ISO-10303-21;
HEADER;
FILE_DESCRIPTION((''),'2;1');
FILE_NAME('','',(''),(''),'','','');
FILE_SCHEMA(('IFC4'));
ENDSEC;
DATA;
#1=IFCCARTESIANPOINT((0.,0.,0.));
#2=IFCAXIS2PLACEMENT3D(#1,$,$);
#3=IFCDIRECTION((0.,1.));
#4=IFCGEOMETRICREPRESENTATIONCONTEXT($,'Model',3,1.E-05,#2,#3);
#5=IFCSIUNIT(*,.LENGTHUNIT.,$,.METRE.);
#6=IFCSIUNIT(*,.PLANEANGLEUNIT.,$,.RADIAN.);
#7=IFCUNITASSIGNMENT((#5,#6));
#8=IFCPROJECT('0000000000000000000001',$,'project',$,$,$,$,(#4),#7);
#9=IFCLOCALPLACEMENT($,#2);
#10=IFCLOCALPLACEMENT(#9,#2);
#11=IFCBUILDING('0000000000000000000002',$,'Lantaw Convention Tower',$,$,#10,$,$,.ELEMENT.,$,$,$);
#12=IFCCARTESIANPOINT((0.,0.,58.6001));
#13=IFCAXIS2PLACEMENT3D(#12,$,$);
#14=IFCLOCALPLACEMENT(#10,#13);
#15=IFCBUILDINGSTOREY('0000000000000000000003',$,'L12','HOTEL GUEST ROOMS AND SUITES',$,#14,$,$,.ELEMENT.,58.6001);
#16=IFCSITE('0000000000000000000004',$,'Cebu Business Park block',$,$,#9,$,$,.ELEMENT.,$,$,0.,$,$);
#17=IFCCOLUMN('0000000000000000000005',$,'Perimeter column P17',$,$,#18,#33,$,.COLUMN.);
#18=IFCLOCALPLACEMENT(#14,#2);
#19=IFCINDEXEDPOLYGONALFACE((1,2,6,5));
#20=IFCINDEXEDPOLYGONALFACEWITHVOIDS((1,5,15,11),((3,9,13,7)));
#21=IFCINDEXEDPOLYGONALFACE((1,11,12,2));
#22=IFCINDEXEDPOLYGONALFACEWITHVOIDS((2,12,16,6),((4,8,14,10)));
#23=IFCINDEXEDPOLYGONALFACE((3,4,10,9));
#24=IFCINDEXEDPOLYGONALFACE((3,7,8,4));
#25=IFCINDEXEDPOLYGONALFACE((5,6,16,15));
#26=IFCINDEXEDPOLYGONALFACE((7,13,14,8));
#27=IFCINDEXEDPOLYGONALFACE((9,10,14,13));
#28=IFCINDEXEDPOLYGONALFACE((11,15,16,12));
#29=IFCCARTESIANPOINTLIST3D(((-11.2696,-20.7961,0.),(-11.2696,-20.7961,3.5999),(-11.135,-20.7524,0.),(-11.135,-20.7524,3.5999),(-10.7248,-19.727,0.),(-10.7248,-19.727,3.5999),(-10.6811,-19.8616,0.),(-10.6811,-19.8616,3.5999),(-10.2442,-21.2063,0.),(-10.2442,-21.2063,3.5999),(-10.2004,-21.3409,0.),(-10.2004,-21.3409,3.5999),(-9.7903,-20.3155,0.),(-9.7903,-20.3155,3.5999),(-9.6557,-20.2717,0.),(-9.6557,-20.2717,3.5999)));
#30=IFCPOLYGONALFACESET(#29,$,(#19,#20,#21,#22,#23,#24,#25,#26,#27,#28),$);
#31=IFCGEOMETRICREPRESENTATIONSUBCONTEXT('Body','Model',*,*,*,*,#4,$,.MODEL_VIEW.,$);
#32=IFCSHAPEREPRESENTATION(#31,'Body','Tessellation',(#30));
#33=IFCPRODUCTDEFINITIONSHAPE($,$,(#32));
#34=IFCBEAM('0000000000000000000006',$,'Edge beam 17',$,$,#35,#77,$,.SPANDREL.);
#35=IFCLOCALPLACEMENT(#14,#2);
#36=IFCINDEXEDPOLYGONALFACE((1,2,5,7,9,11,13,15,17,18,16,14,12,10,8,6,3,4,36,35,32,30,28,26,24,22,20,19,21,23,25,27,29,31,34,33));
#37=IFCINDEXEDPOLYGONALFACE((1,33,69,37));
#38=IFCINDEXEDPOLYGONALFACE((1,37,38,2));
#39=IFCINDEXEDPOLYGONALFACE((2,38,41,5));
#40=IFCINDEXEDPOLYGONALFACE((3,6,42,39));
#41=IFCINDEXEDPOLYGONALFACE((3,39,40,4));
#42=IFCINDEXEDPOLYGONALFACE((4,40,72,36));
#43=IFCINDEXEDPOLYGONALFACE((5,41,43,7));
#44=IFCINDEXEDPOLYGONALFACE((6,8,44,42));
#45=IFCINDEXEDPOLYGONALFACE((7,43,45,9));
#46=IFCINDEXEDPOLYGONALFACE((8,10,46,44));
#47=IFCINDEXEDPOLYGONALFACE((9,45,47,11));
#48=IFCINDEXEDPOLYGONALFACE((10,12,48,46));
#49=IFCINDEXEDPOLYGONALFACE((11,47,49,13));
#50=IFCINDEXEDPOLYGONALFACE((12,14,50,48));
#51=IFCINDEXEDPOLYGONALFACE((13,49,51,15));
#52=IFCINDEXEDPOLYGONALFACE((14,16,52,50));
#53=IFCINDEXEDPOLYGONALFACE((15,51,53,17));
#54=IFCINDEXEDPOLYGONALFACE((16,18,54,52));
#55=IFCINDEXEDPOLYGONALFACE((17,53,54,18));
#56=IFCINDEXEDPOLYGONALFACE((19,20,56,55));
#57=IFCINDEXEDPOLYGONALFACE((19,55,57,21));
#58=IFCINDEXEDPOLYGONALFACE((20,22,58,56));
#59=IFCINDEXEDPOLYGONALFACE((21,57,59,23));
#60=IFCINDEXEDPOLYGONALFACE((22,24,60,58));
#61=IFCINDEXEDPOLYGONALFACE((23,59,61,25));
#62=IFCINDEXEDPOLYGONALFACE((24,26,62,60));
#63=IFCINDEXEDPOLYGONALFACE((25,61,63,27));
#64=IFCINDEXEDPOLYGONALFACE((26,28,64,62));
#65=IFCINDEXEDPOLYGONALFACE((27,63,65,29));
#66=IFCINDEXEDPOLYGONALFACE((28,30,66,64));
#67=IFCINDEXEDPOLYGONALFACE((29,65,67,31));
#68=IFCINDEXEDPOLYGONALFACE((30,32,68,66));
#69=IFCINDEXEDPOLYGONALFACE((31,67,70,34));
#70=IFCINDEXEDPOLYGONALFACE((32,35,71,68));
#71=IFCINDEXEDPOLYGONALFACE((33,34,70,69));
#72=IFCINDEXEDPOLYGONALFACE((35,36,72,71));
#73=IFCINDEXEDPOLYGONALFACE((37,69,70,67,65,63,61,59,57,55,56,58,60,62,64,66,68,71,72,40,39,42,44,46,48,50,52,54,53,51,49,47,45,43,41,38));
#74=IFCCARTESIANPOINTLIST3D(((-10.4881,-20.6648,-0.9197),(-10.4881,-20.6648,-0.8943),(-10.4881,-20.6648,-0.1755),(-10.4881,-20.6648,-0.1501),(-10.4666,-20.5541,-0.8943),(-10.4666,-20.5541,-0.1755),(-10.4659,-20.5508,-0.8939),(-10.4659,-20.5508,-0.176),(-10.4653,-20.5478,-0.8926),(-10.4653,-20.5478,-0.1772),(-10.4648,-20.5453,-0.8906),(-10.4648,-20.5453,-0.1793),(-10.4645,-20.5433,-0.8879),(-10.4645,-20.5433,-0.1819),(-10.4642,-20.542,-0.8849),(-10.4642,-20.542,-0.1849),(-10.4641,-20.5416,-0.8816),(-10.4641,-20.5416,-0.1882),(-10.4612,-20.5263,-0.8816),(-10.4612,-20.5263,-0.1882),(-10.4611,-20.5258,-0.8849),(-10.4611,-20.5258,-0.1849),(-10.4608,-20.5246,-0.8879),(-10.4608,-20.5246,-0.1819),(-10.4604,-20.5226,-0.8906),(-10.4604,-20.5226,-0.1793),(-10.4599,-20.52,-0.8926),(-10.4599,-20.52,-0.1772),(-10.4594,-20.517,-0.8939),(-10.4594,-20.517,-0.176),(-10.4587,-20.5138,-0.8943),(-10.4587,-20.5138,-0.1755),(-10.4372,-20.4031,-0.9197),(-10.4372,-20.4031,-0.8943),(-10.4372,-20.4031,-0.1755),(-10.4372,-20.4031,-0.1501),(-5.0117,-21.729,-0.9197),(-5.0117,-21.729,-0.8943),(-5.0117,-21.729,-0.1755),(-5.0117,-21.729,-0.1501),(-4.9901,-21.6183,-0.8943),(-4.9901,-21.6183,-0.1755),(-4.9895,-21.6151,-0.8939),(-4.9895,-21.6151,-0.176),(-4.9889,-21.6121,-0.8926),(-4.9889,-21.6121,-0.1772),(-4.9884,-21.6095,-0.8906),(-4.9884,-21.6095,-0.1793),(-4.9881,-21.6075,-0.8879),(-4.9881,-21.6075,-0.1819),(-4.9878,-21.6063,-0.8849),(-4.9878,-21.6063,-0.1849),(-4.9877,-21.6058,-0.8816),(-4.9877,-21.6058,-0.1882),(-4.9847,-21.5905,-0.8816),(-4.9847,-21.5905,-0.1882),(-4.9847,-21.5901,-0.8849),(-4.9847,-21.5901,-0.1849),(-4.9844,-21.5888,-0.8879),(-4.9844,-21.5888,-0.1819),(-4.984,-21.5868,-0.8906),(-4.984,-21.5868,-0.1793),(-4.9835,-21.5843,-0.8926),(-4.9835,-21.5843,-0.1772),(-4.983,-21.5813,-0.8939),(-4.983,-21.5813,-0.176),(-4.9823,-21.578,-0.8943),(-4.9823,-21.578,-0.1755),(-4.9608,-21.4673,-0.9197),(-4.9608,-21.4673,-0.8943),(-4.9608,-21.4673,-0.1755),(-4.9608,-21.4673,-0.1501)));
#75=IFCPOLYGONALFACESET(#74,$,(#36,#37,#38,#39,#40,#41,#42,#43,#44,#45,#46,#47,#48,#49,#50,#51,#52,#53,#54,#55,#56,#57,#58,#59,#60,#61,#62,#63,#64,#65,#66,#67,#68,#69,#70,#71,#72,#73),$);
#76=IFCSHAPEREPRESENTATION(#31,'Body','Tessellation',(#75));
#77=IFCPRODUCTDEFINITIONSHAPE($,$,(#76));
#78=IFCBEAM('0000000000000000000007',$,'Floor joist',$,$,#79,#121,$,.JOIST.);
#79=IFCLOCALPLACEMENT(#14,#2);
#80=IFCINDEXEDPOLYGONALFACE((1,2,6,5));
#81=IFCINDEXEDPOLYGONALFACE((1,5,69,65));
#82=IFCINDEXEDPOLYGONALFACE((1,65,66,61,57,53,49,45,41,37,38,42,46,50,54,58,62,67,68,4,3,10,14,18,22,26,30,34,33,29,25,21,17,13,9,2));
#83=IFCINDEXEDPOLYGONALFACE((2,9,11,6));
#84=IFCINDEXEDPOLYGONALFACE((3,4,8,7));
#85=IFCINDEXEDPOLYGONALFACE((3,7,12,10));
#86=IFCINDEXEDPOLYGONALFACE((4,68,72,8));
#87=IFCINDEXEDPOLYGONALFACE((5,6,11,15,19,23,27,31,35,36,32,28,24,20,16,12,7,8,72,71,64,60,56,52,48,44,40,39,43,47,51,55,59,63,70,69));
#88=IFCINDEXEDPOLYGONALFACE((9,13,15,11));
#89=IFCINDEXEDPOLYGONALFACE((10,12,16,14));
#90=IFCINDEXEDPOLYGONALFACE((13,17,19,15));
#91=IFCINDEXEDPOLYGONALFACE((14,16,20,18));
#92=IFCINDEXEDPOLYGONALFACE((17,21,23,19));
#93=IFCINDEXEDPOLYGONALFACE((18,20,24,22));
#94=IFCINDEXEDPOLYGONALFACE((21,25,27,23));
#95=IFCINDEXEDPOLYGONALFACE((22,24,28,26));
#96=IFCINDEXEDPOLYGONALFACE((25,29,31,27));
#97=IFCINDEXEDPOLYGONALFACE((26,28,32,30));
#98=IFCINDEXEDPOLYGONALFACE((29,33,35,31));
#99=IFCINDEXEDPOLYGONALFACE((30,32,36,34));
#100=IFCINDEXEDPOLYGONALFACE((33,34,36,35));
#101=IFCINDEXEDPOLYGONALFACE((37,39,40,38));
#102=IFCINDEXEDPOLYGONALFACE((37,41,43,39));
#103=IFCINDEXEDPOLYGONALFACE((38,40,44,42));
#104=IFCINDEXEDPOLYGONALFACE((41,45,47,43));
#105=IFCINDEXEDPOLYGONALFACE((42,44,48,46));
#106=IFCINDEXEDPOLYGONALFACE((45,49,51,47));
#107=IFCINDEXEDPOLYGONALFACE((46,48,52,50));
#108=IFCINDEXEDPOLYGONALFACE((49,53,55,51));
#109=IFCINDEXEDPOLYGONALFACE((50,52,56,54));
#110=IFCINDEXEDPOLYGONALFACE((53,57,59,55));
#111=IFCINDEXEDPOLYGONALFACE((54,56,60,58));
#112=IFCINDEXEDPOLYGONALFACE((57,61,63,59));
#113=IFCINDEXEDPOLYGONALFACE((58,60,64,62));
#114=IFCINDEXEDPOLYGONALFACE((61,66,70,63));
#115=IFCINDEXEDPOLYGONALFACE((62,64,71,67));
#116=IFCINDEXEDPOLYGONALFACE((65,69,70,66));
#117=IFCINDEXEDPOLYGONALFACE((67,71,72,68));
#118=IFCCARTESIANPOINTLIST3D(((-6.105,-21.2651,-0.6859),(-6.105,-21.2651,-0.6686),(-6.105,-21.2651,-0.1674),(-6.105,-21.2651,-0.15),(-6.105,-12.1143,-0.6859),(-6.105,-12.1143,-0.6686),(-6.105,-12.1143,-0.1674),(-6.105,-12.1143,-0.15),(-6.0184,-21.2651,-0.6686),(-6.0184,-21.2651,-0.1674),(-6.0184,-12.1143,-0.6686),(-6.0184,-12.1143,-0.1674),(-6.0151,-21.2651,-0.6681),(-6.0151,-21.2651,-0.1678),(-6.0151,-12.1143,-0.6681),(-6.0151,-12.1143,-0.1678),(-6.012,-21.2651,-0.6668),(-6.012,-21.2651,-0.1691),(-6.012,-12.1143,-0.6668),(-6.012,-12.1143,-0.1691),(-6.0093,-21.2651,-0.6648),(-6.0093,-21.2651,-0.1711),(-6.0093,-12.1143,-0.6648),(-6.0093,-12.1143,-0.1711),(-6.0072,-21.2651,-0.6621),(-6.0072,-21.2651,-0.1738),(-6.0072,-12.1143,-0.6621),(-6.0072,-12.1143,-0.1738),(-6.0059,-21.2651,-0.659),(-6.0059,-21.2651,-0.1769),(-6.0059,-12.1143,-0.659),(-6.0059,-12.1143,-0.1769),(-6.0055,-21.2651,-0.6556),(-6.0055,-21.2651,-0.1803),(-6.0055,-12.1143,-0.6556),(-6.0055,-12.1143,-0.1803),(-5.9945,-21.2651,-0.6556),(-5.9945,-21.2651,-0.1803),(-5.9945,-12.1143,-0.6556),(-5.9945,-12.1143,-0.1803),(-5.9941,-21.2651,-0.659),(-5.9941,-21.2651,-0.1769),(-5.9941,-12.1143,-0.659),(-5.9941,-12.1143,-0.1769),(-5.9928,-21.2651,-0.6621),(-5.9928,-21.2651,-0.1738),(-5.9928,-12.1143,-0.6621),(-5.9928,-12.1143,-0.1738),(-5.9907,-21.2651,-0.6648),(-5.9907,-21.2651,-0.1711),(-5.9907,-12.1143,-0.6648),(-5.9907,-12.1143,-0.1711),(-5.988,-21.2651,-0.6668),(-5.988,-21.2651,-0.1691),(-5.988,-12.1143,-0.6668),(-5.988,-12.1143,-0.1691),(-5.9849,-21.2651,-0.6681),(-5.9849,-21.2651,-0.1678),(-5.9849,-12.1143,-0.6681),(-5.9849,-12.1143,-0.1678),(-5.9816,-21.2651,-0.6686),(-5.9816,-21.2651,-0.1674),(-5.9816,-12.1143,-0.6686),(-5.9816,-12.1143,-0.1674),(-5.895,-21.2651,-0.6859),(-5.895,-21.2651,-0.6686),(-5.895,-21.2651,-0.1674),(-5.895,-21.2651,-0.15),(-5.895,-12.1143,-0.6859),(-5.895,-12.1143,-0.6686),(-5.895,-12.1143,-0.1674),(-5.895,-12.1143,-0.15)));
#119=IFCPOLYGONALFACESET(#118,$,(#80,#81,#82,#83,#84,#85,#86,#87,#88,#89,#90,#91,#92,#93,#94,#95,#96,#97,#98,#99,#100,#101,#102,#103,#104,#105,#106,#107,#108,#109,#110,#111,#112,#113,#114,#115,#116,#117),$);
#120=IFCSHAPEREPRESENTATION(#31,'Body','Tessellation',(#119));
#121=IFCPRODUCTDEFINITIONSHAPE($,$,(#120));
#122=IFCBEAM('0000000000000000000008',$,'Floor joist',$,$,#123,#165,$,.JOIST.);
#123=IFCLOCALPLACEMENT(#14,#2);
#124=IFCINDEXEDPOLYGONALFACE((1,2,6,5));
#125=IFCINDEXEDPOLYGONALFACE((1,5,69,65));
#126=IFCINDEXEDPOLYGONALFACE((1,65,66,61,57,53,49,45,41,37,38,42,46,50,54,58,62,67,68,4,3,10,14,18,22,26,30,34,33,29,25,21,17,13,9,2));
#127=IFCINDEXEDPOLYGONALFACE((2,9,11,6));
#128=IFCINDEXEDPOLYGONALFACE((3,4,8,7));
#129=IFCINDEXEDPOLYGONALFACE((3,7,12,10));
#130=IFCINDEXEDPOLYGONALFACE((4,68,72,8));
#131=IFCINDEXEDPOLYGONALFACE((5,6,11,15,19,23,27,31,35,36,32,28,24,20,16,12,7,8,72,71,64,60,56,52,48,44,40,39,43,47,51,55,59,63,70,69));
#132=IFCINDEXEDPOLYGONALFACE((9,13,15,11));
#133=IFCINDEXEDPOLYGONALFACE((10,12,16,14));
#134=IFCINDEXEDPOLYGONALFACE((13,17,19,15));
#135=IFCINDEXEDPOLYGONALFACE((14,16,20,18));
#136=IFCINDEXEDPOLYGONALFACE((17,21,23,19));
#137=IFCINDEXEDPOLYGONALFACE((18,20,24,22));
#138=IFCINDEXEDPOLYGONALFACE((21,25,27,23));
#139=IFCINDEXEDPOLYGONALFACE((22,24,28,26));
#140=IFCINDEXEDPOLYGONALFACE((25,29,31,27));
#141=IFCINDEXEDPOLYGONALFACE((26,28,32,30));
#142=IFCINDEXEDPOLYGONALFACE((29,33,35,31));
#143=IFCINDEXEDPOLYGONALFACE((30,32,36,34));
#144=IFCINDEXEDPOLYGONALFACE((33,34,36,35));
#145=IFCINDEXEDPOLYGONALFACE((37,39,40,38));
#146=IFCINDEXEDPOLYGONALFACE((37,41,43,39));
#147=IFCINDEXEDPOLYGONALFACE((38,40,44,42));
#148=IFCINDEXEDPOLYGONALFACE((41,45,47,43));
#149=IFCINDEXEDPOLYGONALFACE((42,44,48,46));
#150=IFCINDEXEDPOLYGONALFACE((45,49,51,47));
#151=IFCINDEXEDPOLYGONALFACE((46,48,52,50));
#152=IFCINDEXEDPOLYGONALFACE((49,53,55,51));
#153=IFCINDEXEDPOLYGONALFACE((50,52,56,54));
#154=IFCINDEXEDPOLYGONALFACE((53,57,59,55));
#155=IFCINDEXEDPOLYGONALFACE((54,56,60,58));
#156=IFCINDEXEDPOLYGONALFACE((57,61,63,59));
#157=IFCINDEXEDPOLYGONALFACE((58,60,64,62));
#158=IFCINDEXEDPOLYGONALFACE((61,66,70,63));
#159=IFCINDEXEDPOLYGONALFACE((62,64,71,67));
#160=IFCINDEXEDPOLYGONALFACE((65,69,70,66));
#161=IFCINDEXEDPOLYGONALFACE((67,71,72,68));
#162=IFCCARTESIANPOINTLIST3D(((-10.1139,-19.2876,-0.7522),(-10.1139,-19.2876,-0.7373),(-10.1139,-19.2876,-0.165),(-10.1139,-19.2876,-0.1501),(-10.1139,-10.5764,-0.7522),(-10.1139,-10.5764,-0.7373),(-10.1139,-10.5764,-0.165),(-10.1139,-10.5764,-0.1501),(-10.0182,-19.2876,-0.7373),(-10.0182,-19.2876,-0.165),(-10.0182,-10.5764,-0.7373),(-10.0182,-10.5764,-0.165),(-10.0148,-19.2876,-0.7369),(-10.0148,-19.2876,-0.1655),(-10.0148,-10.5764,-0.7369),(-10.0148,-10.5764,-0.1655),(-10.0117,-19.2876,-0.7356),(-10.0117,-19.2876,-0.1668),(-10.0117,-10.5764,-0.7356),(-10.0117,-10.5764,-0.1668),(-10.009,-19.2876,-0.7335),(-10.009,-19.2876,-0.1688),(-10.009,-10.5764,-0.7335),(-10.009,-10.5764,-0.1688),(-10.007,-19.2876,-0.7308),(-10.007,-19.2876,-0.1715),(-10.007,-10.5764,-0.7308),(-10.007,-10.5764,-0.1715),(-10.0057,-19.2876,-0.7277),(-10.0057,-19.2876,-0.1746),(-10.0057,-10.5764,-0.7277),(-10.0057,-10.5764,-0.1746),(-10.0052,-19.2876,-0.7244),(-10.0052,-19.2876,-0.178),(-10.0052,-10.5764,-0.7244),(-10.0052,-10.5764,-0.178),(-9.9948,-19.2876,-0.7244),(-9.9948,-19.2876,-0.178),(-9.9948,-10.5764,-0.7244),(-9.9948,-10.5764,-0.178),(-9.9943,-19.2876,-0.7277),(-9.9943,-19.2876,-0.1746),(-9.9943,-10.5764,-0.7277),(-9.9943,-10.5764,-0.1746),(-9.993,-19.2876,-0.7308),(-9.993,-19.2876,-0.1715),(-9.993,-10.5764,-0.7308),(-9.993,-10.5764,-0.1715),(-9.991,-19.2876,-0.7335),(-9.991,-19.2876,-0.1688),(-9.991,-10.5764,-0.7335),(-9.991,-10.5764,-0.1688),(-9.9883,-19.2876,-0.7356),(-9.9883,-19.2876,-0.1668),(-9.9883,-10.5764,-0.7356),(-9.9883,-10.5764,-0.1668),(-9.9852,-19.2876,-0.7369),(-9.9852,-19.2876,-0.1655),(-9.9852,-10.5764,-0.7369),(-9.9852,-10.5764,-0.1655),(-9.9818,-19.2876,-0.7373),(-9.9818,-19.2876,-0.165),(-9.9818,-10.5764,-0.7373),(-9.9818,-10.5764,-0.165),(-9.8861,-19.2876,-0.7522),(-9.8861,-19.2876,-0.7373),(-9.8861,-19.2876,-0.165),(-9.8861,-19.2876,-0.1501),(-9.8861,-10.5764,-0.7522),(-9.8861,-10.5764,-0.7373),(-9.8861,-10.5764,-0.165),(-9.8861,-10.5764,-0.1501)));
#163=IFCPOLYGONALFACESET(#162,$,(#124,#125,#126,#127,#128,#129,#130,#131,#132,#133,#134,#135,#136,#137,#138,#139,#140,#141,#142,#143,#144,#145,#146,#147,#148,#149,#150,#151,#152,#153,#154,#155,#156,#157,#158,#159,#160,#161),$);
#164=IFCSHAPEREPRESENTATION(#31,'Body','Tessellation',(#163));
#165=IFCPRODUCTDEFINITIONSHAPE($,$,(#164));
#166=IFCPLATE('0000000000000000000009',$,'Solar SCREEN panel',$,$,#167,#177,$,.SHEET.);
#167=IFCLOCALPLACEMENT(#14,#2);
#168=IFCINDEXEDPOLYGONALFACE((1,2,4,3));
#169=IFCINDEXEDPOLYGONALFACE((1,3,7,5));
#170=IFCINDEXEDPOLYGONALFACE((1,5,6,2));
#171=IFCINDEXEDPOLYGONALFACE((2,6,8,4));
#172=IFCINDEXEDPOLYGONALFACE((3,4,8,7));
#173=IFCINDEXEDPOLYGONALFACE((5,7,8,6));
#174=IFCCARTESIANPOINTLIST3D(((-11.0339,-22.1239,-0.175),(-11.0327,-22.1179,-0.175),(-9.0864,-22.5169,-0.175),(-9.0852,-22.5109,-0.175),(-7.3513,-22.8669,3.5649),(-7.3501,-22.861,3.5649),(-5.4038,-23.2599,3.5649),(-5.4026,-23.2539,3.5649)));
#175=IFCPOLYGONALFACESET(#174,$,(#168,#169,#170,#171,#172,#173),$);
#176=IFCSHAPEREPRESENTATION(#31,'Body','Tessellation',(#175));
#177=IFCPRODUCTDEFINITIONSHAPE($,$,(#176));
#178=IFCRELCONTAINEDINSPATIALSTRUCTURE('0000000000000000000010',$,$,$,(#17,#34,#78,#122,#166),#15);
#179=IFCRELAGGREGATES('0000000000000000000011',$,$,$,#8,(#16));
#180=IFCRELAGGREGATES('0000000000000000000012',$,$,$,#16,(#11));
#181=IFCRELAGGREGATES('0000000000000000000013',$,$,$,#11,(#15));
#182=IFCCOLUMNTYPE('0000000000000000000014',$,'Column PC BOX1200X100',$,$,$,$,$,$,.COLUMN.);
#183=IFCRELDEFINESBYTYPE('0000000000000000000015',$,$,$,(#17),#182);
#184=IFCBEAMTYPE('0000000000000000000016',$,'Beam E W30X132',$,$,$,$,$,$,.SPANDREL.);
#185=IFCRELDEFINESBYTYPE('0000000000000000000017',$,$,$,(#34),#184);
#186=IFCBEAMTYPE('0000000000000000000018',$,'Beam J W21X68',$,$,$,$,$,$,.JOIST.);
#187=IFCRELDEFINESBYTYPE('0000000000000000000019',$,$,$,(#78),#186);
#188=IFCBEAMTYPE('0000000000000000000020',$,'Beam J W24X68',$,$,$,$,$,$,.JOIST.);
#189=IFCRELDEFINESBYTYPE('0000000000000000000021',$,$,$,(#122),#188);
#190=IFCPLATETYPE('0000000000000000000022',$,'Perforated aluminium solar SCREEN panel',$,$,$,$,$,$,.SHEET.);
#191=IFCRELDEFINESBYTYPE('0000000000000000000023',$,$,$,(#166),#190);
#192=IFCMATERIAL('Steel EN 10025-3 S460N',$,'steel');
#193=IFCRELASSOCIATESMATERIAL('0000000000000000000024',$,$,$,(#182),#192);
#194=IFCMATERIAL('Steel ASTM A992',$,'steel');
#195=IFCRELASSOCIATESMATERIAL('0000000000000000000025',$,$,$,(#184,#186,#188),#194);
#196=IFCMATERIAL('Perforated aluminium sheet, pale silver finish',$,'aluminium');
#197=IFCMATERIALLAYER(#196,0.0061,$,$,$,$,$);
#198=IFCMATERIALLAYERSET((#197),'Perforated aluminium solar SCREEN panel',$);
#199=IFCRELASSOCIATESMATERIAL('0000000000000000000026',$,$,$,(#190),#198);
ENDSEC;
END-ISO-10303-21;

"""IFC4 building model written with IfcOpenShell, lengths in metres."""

from ifc_helpers import new_model, si_unit, direction, frame, origin, origin_2d, place, context, subcontext, project, spatial, polyline, rectangle, hollow_rectangle, i_section, outline, extrude, material, layer, layer_set, material_profile, profile_set, type_object, element, save


model = new_model("IFC4")

# Units and contexts
model_context = context("Model", 3, precision=1e-05, world=origin(), true_north=direction((0.0, 1.0)))
body_context = subcontext(model_context, "Body", "Model", "MODEL_VIEW")
ifc_project = project(units=[si_unit("LENGTHUNIT", "METRE"), si_unit("PLANEANGLEUNIT", "RADIAN")], contexts=[model_context])

# Site, building, storey
site_placement = place(None, origin())
site = spatial("IfcSite", under=ifc_project, at=site_placement, Name="Cebu Business Park block", CompositionType="ELEMENT", RefElevation=0.0)
building_placement = place(site_placement, origin())
building = spatial("IfcBuilding", under=site, at=building_placement, Name="Lantaw Convention Tower", CompositionType="ELEMENT")
storey_placement = place(building_placement, frame((0.0, 0.0, 58.6001)))
storey = spatial("IfcBuildingStorey", under=building, at=storey_placement, Name="L12", Description="HOTEL GUEST ROOMS AND SUITES", CompositionType="ELEMENT", Elevation=58.6001)

# Column
ifc_material_1 = material(Name="Steel EN 10025-3 S460N", Category="steel")
ifc_material_profile_1 = material_profile(ifc_material_1, hollow_rectangle(XDim=1.2, YDim=1.2, WallThickness=0.1001, at=origin_2d()), Name="BOX1200X100")
ifc_material_2 = material(Name="Concrete C60/75", Category="concrete")
ifc_material_profile_2 = material_profile(ifc_material_2, rectangle(XDim=1.0, YDim=1.0, at=origin_2d()), Name="Concrete fill of BOX1200X100")
ifc_profile_set_1 = profile_set([ifc_material_profile_1, ifc_material_profile_2], Name="Steel EN 10025-3 S460N")
column_type = type_object("IfcColumnType", Name="Column PC BOX1200X100", PredefinedType="COLUMN", material=ifc_profile_set_1)
column_placement = place(storey_placement, frame((-10.4626, -20.5339, 0.0), z_axis=(0.0, 0.0, 1.0), x_axis=(0.45399, 0.891007, 0.0)))
element("IfcColumn", 1, at=column_placement, inside=storey, type_object=column_type, Name="Perimeter column P17", PredefinedType="COLUMN", context=body_context, shape_type="SweptSolid", body=[
    extrude(hollow_rectangle(XDim=1.2, YDim=1.2, WallThickness=0.1001, at=origin_2d()), origin(), (0.0, 0.0, 1.0), 3.5999),
])

# Beams
ifc_material_3 = material(Name="Steel ASTM A992", Category="steel")
ifc_material_profile_3 = material_profile(ifc_material_3, i_section(OverallWidth=0.2666, OverallDepth=0.7695, WebThickness=0.0156, FlangeThickness=0.0254, FilletRadius=0.0127, at=origin_2d()), Name="W30X132")
ifc_profile_set_2 = profile_set([ifc_material_profile_3], Name="Steel ASTM A992")
beam_type_1 = type_object("IfcBeamType", Name="Beam E W30X132", PredefinedType="SPANDREL", material=ifc_profile_set_2)
beam_1_placement = place(storey_placement, frame((-10.4626, -20.5339, -0.5349), z_axis=(0.981637, -0.190761, 0.0), x_axis=(0.190761, 0.981637, 0.0)))
element("IfcBeam", 2, at=beam_1_placement, inside=storey, type_object=beam_type_1, Name="Edge beam 17", PredefinedType="SPANDREL", context=body_context, shape_type="SweptSolid", body=[
    extrude(i_section(OverallWidth=0.2666, OverallDepth=0.7695, WebThickness=0.0156, FlangeThickness=0.0254, FilletRadius=0.0127, at=origin_2d()), origin(), (0.0, 0.0, 1.0), 5.5789),
])
ifc_material_profile_4 = material_profile(ifc_material_3, i_section(OverallWidth=0.21, OverallDepth=0.5359, WebThickness=0.011, FlangeThickness=0.0173, FilletRadius=0.0129, at=origin_2d()), Name="W21X68")
ifc_profile_set_3 = profile_set([ifc_material_profile_4], Name="Steel ASTM A992")
beam_type_2 = type_object("IfcBeamType", Name="Beam J W21X68", PredefinedType="JOIST", material=ifc_profile_set_3)
beam_2_placement = place(storey_placement, frame((-6.0, -21.2651, -0.418), z_axis=(0.0, 1.0, 0.0), x_axis=(-1.0, 0.0, 0.0)))
element("IfcBeam", 3, at=beam_2_placement, inside=storey, type_object=beam_type_2, Name="Floor joist", PredefinedType="JOIST", context=body_context, shape_type="SweptSolid", body=[
    extrude(i_section(OverallWidth=0.21, OverallDepth=0.5359, WebThickness=0.011, FlangeThickness=0.0173, FilletRadius=0.0129, at=origin_2d()), origin(), (0.0, 0.0, 1.0), 9.1509),
])
ifc_material_profile_5 = material_profile(ifc_material_3, i_section(OverallWidth=0.2278, OverallDepth=0.6021, WebThickness=0.0105, FlangeThickness=0.0149, FilletRadius=0.0129, at=origin_2d()), Name="W24X68")
ifc_profile_set_4 = profile_set([ifc_material_profile_5], Name="Steel ASTM A992")
beam_type_3 = type_object("IfcBeamType", Name="Beam J W24X68", PredefinedType="JOIST", material=ifc_profile_set_4)
beam_3_placement = place(storey_placement, frame((-10.0, -19.2876, -0.4512), z_axis=(0.0, 1.0, 0.0), x_axis=(-1.0, 0.0, 0.0)))
element("IfcBeam", 4, at=beam_3_placement, inside=storey, type_object=beam_type_3, Name="Floor joist", PredefinedType="JOIST", context=body_context, shape_type="SweptSolid", body=[
    extrude(i_section(OverallWidth=0.2278, OverallDepth=0.6021, WebThickness=0.0105, FlangeThickness=0.0149, FilletRadius=0.0129, at=origin_2d()), origin(), (0.0, 0.0, 1.0), 8.7112),
])

# Plate
ifc_material_4 = material(Name="Perforated aluminium sheet, pale silver finish", Category="aluminium")
ifc_layer_1 = layer(ifc_material_4, 0.0061)
ifc_layer_set_1 = layer_set([ifc_layer_1], Name="Perforated aluminium solar SCREEN panel")
plate_type = type_object("IfcPlateType", Name="Perforated aluminium solar SCREEN panel", PredefinedType="SHEET", material=ifc_layer_set_1)
plate_placement = place(storey_placement, frame((-11.0327, -22.1179, -0.175), z_axis=(0.197782, 0.980246, 0.000002), x_axis=(0.980246, -0.197782, 0.0)))
element("IfcPlate", 5, at=plate_placement, inside=storey, type_object=plate_type, Name="Solar SCREEN panel", PredefinedType="SHEET", context=body_context, shape_type="SweptSolid", body=[
    extrude(outline(polyline([(0.0, 0.0), (1.9868, 0.0), (5.7436, -3.74), (3.7569, -3.74), (0.0, 0.0)])), origin(), (0.0, 0.0, -1.0), 0.0061),
])

save(model, "model.ifc")
